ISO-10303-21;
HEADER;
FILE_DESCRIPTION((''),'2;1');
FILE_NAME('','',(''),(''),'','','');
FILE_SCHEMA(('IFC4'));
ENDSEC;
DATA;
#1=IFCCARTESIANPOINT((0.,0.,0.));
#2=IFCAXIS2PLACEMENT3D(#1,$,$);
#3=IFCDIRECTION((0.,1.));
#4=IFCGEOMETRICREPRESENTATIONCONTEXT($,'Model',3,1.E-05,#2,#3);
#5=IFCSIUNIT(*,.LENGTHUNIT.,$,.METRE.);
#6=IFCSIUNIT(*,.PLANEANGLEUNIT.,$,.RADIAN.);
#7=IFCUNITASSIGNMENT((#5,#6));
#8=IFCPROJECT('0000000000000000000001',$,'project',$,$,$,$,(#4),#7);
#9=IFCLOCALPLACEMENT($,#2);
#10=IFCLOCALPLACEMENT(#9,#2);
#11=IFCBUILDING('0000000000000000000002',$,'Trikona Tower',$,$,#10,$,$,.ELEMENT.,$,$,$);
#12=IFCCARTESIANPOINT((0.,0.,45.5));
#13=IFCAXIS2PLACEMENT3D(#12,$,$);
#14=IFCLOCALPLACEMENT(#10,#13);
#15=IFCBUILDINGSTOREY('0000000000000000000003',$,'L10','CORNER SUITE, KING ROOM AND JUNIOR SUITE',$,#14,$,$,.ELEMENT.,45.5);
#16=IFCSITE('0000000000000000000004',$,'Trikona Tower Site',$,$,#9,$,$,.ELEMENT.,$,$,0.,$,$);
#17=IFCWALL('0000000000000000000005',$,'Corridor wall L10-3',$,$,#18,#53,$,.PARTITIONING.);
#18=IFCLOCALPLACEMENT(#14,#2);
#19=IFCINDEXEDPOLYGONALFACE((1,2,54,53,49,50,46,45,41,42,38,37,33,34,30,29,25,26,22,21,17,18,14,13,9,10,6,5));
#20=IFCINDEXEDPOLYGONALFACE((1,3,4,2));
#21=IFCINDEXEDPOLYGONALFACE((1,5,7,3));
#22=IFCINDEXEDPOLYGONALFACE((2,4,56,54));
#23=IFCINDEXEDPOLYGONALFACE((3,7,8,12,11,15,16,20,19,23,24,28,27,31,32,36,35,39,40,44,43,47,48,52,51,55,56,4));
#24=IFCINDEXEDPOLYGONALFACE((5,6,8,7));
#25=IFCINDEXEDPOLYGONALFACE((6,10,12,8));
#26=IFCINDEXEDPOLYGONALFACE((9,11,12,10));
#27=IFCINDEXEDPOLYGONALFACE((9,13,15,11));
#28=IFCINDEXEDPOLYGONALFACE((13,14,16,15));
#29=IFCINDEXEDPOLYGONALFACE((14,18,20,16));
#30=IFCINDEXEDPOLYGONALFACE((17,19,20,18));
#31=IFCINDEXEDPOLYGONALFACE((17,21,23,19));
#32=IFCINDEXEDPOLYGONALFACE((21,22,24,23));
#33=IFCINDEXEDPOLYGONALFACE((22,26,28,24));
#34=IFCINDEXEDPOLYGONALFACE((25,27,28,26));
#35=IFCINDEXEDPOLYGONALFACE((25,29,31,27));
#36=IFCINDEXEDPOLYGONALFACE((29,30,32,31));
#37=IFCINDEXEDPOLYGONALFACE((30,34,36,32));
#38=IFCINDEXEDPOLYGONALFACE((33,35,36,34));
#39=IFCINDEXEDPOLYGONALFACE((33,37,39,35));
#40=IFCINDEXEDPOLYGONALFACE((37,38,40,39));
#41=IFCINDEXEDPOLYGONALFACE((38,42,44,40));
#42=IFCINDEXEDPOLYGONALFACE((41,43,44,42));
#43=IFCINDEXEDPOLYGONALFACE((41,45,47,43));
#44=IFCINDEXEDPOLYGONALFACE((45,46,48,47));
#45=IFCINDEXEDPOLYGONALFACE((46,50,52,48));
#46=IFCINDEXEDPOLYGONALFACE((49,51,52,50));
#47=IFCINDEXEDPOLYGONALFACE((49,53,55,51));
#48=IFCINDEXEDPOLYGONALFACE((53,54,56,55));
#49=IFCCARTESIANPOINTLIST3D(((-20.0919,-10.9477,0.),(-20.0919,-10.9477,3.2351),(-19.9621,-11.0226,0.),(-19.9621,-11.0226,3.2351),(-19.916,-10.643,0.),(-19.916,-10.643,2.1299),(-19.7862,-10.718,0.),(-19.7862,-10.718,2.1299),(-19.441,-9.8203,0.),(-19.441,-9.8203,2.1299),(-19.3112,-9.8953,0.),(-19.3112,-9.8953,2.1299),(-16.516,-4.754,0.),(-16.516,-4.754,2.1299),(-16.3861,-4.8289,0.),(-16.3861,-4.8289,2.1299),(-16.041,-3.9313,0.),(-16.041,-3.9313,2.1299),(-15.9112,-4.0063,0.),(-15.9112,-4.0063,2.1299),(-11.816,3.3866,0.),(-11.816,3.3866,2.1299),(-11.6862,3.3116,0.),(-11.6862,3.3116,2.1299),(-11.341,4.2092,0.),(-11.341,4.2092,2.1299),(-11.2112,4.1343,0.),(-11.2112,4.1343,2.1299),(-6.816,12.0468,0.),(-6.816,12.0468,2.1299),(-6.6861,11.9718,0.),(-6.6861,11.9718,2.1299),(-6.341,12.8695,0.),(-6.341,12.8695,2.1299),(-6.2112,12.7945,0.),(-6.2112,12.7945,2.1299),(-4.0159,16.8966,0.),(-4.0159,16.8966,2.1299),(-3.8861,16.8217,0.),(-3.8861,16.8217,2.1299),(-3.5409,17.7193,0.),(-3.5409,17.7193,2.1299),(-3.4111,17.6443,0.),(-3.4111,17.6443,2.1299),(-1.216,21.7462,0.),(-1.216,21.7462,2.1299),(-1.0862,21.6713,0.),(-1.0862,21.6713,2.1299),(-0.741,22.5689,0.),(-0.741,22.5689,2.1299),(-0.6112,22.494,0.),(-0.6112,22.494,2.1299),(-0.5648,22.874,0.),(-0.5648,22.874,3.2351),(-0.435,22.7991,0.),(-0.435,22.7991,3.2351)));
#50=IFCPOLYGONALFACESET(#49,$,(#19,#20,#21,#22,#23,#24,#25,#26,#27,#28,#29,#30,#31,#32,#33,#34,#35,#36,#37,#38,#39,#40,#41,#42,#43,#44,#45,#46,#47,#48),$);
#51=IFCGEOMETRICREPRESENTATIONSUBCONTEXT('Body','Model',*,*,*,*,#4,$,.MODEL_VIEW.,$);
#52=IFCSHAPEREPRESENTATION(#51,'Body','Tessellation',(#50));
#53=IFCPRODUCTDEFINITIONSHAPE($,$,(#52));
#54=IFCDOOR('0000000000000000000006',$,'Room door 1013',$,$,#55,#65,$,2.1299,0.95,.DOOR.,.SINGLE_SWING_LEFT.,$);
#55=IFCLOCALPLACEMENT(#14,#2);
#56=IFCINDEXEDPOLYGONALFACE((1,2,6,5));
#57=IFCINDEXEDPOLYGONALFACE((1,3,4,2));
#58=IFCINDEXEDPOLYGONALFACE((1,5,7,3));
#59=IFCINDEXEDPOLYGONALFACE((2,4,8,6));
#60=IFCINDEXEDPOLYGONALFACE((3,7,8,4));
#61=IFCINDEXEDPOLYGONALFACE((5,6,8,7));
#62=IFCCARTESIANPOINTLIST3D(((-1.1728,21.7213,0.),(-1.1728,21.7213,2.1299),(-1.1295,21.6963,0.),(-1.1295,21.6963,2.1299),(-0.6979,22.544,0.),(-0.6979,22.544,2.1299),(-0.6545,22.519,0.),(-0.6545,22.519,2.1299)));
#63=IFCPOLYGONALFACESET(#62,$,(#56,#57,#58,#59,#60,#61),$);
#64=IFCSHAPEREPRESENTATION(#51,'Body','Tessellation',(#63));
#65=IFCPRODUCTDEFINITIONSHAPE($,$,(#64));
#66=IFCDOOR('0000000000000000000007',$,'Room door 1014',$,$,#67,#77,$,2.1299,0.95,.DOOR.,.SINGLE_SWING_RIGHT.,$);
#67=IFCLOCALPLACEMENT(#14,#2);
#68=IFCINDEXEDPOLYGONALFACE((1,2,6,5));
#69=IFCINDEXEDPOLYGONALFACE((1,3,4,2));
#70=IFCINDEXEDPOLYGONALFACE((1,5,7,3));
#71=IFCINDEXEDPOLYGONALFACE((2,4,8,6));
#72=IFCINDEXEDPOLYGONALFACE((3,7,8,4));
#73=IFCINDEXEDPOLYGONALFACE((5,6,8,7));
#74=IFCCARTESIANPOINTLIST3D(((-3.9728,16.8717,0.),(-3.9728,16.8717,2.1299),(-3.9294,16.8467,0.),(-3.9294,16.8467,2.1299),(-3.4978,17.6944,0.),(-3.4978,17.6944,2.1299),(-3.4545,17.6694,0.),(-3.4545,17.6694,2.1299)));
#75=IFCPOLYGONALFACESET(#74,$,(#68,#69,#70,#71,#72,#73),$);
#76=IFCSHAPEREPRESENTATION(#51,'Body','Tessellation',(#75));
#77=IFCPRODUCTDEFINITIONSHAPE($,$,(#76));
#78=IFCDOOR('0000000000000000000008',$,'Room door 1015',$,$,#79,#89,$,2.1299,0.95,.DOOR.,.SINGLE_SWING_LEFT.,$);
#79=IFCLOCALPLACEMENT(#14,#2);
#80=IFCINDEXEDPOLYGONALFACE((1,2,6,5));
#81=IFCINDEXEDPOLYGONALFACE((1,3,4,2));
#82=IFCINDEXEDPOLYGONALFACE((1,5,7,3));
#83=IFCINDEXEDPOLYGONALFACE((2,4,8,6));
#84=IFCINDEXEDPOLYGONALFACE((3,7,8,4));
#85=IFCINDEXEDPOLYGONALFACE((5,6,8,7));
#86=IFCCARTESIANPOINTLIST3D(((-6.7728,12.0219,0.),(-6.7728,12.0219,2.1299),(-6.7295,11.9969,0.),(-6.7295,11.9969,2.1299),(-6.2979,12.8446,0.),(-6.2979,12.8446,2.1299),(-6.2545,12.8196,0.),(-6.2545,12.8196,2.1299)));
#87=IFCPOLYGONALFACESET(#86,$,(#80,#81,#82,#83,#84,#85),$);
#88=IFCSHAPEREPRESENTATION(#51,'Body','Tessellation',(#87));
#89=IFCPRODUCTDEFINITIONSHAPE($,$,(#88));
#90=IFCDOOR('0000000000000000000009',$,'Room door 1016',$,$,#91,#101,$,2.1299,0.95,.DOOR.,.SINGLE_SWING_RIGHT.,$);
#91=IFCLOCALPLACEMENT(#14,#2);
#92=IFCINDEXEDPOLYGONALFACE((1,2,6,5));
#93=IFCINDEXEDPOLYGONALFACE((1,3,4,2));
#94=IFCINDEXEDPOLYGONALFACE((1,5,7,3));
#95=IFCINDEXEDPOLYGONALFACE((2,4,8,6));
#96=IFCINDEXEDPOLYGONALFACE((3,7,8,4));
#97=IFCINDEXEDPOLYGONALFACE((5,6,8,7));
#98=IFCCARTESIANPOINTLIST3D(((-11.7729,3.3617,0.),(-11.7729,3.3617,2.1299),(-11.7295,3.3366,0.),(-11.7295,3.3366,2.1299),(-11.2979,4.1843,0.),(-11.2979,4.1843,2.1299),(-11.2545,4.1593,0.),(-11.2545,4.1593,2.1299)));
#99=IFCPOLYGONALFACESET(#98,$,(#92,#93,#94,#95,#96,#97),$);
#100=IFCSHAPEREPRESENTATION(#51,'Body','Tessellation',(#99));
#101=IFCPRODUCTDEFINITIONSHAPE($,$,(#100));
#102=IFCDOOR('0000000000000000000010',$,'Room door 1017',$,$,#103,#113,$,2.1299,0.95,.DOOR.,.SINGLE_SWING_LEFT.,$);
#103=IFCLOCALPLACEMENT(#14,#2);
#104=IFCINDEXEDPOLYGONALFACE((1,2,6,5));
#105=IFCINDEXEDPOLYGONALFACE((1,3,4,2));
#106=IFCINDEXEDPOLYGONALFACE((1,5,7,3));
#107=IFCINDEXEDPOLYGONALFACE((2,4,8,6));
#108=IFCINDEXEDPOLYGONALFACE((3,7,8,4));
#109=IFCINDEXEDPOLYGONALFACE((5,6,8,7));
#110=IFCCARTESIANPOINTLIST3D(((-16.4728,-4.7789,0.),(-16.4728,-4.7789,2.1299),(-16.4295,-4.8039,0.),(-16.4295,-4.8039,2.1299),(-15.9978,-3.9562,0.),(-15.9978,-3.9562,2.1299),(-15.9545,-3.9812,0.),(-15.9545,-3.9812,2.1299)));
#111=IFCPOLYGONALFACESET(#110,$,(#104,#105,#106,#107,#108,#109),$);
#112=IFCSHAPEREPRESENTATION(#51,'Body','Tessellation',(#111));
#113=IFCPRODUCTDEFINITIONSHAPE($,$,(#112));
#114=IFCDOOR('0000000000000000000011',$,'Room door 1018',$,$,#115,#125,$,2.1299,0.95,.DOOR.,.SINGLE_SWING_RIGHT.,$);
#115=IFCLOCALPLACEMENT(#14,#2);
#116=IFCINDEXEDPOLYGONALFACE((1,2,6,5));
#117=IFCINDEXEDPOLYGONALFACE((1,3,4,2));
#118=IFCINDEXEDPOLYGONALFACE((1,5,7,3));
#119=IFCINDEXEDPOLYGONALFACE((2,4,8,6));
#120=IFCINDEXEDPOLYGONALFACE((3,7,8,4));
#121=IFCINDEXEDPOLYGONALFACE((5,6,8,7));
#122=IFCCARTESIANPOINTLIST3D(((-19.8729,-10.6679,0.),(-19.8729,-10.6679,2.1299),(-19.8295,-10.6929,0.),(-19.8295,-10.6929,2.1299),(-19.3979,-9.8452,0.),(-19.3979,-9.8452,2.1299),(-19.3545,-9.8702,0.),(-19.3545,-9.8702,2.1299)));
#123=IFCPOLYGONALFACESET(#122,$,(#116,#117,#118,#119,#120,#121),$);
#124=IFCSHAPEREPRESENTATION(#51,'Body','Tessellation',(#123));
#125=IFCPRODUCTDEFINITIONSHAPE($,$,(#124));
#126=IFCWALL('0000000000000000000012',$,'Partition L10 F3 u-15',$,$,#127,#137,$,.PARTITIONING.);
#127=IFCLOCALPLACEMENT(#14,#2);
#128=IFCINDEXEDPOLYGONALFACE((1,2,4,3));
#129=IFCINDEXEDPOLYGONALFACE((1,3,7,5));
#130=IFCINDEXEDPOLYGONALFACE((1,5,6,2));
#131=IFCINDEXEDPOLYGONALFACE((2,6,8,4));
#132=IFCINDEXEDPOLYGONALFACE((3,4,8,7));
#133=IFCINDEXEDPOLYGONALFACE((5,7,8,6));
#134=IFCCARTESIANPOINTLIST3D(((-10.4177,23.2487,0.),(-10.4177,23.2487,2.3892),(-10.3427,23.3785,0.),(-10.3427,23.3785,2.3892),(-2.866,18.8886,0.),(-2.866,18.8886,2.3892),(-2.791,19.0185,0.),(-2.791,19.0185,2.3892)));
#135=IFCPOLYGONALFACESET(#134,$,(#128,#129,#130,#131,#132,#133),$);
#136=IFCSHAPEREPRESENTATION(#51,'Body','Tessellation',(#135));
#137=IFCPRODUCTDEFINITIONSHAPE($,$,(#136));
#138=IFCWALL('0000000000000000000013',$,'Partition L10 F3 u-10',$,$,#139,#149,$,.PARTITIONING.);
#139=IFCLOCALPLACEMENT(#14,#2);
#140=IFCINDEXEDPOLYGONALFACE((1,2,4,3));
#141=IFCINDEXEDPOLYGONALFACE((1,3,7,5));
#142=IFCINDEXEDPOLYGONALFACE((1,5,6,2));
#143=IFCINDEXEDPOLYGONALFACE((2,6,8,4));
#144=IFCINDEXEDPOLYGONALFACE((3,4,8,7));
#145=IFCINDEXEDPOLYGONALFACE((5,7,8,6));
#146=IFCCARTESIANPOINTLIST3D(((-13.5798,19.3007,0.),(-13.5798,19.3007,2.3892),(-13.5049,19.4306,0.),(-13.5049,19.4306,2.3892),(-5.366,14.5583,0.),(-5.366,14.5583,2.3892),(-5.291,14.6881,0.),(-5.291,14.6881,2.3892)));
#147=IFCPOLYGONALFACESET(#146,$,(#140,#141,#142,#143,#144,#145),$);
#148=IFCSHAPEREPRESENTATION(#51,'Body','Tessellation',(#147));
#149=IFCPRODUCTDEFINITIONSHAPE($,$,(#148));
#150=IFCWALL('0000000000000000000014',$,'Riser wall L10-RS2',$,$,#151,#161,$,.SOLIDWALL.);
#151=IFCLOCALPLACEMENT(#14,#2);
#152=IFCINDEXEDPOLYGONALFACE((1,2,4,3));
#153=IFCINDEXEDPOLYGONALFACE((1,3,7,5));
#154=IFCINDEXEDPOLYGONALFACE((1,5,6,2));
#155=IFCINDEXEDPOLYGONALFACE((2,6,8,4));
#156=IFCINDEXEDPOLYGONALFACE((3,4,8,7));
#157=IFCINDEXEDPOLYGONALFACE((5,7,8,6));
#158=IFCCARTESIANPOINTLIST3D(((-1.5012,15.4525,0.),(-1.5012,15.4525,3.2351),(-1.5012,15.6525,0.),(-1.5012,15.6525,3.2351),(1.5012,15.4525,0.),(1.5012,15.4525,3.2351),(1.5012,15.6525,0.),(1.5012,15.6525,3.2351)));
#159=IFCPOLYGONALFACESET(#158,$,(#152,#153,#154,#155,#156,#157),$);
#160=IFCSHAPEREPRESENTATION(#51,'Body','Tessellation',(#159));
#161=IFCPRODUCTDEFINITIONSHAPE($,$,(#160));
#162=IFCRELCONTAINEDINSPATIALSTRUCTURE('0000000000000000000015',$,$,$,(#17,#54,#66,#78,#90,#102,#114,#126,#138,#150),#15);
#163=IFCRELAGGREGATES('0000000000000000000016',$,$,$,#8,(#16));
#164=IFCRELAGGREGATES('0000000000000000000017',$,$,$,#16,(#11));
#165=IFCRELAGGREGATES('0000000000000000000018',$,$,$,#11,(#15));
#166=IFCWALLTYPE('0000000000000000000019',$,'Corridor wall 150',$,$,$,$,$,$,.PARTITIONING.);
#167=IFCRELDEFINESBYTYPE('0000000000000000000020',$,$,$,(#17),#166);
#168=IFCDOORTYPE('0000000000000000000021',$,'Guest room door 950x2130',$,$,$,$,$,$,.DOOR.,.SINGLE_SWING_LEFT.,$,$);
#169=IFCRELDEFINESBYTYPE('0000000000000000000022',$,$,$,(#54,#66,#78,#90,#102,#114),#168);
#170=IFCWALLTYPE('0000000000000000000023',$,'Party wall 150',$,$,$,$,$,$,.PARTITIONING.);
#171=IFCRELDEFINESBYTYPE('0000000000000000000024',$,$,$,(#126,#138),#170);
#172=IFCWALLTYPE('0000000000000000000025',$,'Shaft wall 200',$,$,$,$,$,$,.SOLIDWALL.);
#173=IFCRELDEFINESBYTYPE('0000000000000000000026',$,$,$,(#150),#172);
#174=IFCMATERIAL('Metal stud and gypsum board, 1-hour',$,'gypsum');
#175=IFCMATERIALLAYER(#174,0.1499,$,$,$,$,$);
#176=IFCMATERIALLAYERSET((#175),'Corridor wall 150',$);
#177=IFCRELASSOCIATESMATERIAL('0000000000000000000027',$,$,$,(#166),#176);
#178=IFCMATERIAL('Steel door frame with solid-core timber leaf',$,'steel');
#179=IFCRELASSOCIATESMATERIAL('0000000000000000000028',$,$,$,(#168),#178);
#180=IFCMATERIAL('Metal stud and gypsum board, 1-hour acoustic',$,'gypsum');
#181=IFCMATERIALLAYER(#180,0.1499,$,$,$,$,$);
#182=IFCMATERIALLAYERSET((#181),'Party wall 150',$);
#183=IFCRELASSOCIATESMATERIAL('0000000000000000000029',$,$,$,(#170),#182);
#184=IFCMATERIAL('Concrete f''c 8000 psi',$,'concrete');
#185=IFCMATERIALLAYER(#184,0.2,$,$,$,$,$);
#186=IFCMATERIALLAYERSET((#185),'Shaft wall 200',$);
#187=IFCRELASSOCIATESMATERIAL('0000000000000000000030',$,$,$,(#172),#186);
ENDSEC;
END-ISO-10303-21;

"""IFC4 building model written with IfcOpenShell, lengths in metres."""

from ifc_helpers import new_model, si_unit, direction, frame, frame_2d, origin, place, context, subcontext, project, spatial, rectangle, extrude, material, layer, layer_set, type_object, element, fill, save


model = new_model("IFC4")

# Units and contexts
model_context = context("Model", 3, precision=1e-05, world=origin(), true_north=direction((0.0, 1.0)))
body_context = subcontext(model_context, "Body", "Model", "MODEL_VIEW")
ifc_project = project(units=[si_unit("LENGTHUNIT", "METRE"), si_unit("PLANEANGLEUNIT", "RADIAN")], contexts=[model_context])

# Site, building, storey
site_placement = place(None, origin())
site = spatial("IfcSite", under=ifc_project, at=site_placement, Name="Trikona Tower Site", CompositionType="ELEMENT", RefElevation=0.0)
building_placement = place(site_placement, origin())
building = spatial("IfcBuilding", under=site, at=building_placement, Name="Trikona Tower", CompositionType="ELEMENT")
storey_placement = place(building_placement, frame((0.0, 0.0, 45.5)))
storey = spatial("IfcBuildingStorey", under=building, at=storey_placement, Name="L10", Description="CORNER SUITE, KING ROOM AND JUNIOR SUITE", CompositionType="ELEMENT", Elevation=45.5)

# Wall, openings, doors
ifc_material_1 = material(Name="Metal stud and gypsum board, 1-hour", Category="gypsum")
ifc_layer_1 = layer(ifc_material_1, 0.1499)
ifc_layer_set_1 = layer_set([ifc_layer_1], Name="Corridor wall 150")
wall_type_1 = type_object("IfcWallType", Name="Corridor wall 150", PredefinedType="PARTITIONING", material=ifc_layer_set_1)
wall_1_placement = place(storey_placement, frame((-0.5, 22.8364, 0.0), z_axis=(0.0, 0.0, 1.0), x_axis=(-0.500002, -0.866024, 0.0)))
wall_1 = element("IfcWall", 1, at=wall_1_placement, inside=storey, type_object=wall_type_1, Name="Corridor wall L10-3", PredefinedType="PARTITIONING", context=body_context, shape_type="SweptSolid", body=[
    extrude(rectangle(XDim=39.054, YDim=0.1499, at=frame_2d((19.5269, 0.0))), origin(), (0.0, 0.0, 1.0), 3.2351),
])
opening_1_placement = place(wall_1_placement, frame((0.3521, 0.0, 0.0)))
opening_1 = element("IfcOpeningElement", 2, at=opening_1_placement, cuts=wall_1, PredefinedType="OPENING", context=body_context, shape_type="SweptSolid", body=[
    extrude(rectangle(XDim=0.95, YDim=2.1299, at=frame_2d((0.4751, 1.0649))), frame((0.0, 0.085, 0.0), z_axis=(0.0, -1.0, 0.0), x_axis=(1.0, 0.0, 0.0)), (0.0, 0.0, 1.0), 0.1699),
])
opening_2_placement = place(wall_1_placement, frame((5.9519, 0.0, 0.0)))
opening_2 = element("IfcOpeningElement", 3, at=opening_2_placement, cuts=wall_1, PredefinedType="OPENING", context=body_context, shape_type="SweptSolid", body=[
    extrude(rectangle(XDim=0.95, YDim=2.1299, at=frame_2d((0.4751, 1.0649))), frame((0.0, 0.085, 0.0), z_axis=(0.0, -1.0, 0.0), x_axis=(1.0, 0.0, 0.0)), (0.0, 0.0, 1.0), 0.1699),
])
opening_3_placement = place(wall_1_placement, frame((11.552, 0.0, 0.0)))
opening_3 = element("IfcOpeningElement", 4, at=opening_3_placement, cuts=wall_1, PredefinedType="OPENING", context=body_context, shape_type="SweptSolid", body=[
    extrude(rectangle(XDim=0.95, YDim=2.1299, at=frame_2d((0.4751, 1.0649))), frame((0.0, 0.085, 0.0), z_axis=(0.0, -1.0, 0.0), x_axis=(1.0, 0.0, 0.0)), (0.0, 0.0, 1.0), 0.1699),
])
opening_4_placement = place(wall_1_placement, frame((21.552, 0.0, 0.0)))
opening_4 = element("IfcOpeningElement", 5, at=opening_4_placement, cuts=wall_1, PredefinedType="OPENING", context=body_context, shape_type="SweptSolid", body=[
    extrude(rectangle(XDim=0.95, YDim=2.1299, at=frame_2d((0.4751, 1.0649))), frame((0.0, 0.085, 0.0), z_axis=(0.0, -1.0, 0.0), x_axis=(1.0, 0.0, 0.0)), (0.0, 0.0, 1.0), 0.1699),
])
opening_5_placement = place(wall_1_placement, frame((30.9519, 0.0, 0.0)))
opening_5 = element("IfcOpeningElement", 6, at=opening_5_placement, cuts=wall_1, PredefinedType="OPENING", context=body_context, shape_type="SweptSolid", body=[
    extrude(rectangle(XDim=0.95, YDim=2.1299, at=frame_2d((0.4751, 1.0649))), frame((0.0, 0.085, 0.0), z_axis=(0.0, -1.0, 0.0), x_axis=(1.0, 0.0, 0.0)), (0.0, 0.0, 1.0), 0.1699),
])
opening_6_placement = place(wall_1_placement, frame((37.752, 0.0, 0.0)))
opening_6 = element("IfcOpeningElement", 7, at=opening_6_placement, cuts=wall_1, PredefinedType="OPENING", context=body_context, shape_type="SweptSolid", body=[
    extrude(rectangle(XDim=0.95, YDim=2.1299, at=frame_2d((0.4751, 1.0649))), frame((0.0, 0.085, 0.0), z_axis=(0.0, -1.0, 0.0), x_axis=(1.0, 0.0, 0.0)), (0.0, 0.0, 1.0), 0.1699),
])
ifc_material_2 = material(Name="Steel door frame with solid-core timber leaf", Category="steel")
door_type_1 = type_object("IfcDoorType", Name="Guest room door 950x2130", OperationType="SINGLE_SWING_LEFT", PredefinedType="DOOR", material=ifc_material_2)
door_1_placement = place(opening_1_placement, origin())
door_1 = element("IfcDoor", 8, at=door_1_placement, inside=storey, type_object=door_type_1, Name="Room door 1013", OperationType="SINGLE_SWING_LEFT", OverallHeight=2.1299, OverallWidth=0.95, PredefinedType="DOOR", context=body_context, shape_type="SweptSolid", body=[
    extrude(rectangle(XDim=0.95, YDim=2.1299, at=frame_2d((0.4751, 1.0649))), frame((0.0, 0.0249, 0.0), z_axis=(0.0, -1.0, 0.0), x_axis=(1.0, 0.0, 0.0)), (0.0, 0.0, 1.0), 0.05),
])
fill(opening_1, door_1)
door_2_placement = place(opening_2_placement, origin())
door_2 = element("IfcDoor", 9, at=door_2_placement, inside=storey, type_object=door_type_1, Name="Room door 1014", OperationType="SINGLE_SWING_RIGHT", OverallHeight=2.1299, OverallWidth=0.95, PredefinedType="DOOR", context=body_context, shape_type="SweptSolid", body=[
    extrude(rectangle(XDim=0.95, YDim=2.1299, at=frame_2d((0.4751, 1.0649))), frame((0.0, 0.0249, 0.0), z_axis=(0.0, -1.0, 0.0), x_axis=(1.0, 0.0, 0.0)), (0.0, 0.0, 1.0), 0.05),
])
fill(opening_2, door_2)
door_3_placement = place(opening_3_placement, origin())
door_3 = element("IfcDoor", 10, at=door_3_placement, inside=storey, type_object=door_type_1, Name="Room door 1015", OperationType="SINGLE_SWING_LEFT", OverallHeight=2.1299, OverallWidth=0.95, PredefinedType="DOOR", context=body_context, shape_type="SweptSolid", body=[
    extrude(rectangle(XDim=0.95, YDim=2.1299, at=frame_2d((0.4751, 1.0649))), frame((0.0, 0.0249, 0.0), z_axis=(0.0, -1.0, 0.0), x_axis=(1.0, 0.0, 0.0)), (0.0, 0.0, 1.0), 0.05),
])
fill(opening_3, door_3)
door_4_placement = place(opening_4_placement, origin())
door_4 = element("IfcDoor", 11, at=door_4_placement, inside=storey, type_object=door_type_1, Name="Room door 1016", OperationType="SINGLE_SWING_RIGHT", OverallHeight=2.1299, OverallWidth=0.95, PredefinedType="DOOR", context=body_context, shape_type="SweptSolid", body=[
    extrude(rectangle(XDim=0.95, YDim=2.1299, at=frame_2d((0.4751, 1.0649))), frame((0.0, 0.0249, 0.0), z_axis=(0.0, -1.0, 0.0), x_axis=(1.0, 0.0, 0.0)), (0.0, 0.0, 1.0), 0.05),
])
fill(opening_4, door_4)
door_5_placement = place(opening_5_placement, origin())
door_5 = element("IfcDoor", 12, at=door_5_placement, inside=storey, type_object=door_type_1, Name="Room door 1017", OperationType="SINGLE_SWING_LEFT", OverallHeight=2.1299, OverallWidth=0.95, PredefinedType="DOOR", context=body_context, shape_type="SweptSolid", body=[
    extrude(rectangle(XDim=0.95, YDim=2.1299, at=frame_2d((0.4751, 1.0649))), frame((0.0, 0.0249, 0.0), z_axis=(0.0, -1.0, 0.0), x_axis=(1.0, 0.0, 0.0)), (0.0, 0.0, 1.0), 0.05),
])
fill(opening_5, door_5)
door_6_placement = place(opening_6_placement, origin())
door_6 = element("IfcDoor", 13, at=door_6_placement, inside=storey, type_object=door_type_1, Name="Room door 1018", OperationType="SINGLE_SWING_RIGHT", OverallHeight=2.1299, OverallWidth=0.95, PredefinedType="DOOR", context=body_context, shape_type="SweptSolid", body=[
    extrude(rectangle(XDim=0.95, YDim=2.1299, at=frame_2d((0.4751, 1.0649))), frame((0.0, 0.0249, 0.0), z_axis=(0.0, -1.0, 0.0), x_axis=(1.0, 0.0, 0.0)), (0.0, 0.0, 1.0), 0.05),
])
fill(opening_6, door_6)

# Walls
ifc_material_3 = material(Name="Metal stud and gypsum board, 1-hour acoustic", Category="gypsum")
ifc_layer_2 = layer(ifc_material_3, 0.1499)
ifc_layer_set_2 = layer_set([ifc_layer_2], Name="Party wall 150")
wall_type_2 = type_object("IfcWallType", Name="Party wall 150", PredefinedType="PARTITIONING", material=ifc_layer_set_2)
wall_2_placement = place(storey_placement, frame((-2.8286, 18.9536, 0.0), z_axis=(0.0, 0.0, 1.0), x_axis=(-0.866021, 0.500008, 0.0)))
element("IfcWall", 14, at=wall_2_placement, inside=storey, type_object=wall_type_2, Name="Partition L10 F3 u-15", PredefinedType="PARTITIONING", context=body_context, shape_type="SweptSolid", body=[
    extrude(rectangle(XDim=8.72, YDim=0.1499, at=frame_2d((4.3599, 0.0))), origin(), (0.0, 0.0, 1.0), 2.3892),
])
wall_3_placement = place(storey_placement, frame((-5.3286, 14.6233, 0.0), z_axis=(0.0, 0.0, 1.0), x_axis=(-0.866018, 0.500012, 0.0)))
element("IfcWall", 15, at=wall_3_placement, inside=storey, type_object=wall_type_2, Name="Partition L10 F3 u-10", PredefinedType="PARTITIONING", context=body_context, shape_type="SweptSolid", body=[
    extrude(rectangle(XDim=9.4846, YDim=0.1499, at=frame_2d((4.7422, 0.0))), origin(), (0.0, 0.0, 1.0), 2.3892),
])
ifc_material_4 = material(Name="Concrete f'c 8000 psi", Category="concrete")
ifc_layer_3 = layer(ifc_material_4, 0.2)
ifc_layer_set_3 = layer_set([ifc_layer_3], Name="Shaft wall 200")
wall_type_3 = type_object("IfcWallType", Name="Shaft wall 200", PredefinedType="SOLIDWALL", material=ifc_layer_set_3)
wall_4_placement = place(storey_placement, frame((-1.5012, 15.5525, 0.0), z_axis=(0.0, 0.0, 1.0), x_axis=(1.0, 0.0, 0.0)))
element("IfcWall", 16, at=wall_4_placement, inside=storey, type_object=wall_type_3, Name="Riser wall L10-RS2", PredefinedType="SOLIDWALL", context=body_context, shape_type="SweptSolid", body=[
    extrude(rectangle(XDim=3.0024, YDim=0.2, at=frame_2d((1.5012, 0.0))), origin(), (0.0, 0.0, 1.0), 3.2351),
])

save(model, "model.ifc")
